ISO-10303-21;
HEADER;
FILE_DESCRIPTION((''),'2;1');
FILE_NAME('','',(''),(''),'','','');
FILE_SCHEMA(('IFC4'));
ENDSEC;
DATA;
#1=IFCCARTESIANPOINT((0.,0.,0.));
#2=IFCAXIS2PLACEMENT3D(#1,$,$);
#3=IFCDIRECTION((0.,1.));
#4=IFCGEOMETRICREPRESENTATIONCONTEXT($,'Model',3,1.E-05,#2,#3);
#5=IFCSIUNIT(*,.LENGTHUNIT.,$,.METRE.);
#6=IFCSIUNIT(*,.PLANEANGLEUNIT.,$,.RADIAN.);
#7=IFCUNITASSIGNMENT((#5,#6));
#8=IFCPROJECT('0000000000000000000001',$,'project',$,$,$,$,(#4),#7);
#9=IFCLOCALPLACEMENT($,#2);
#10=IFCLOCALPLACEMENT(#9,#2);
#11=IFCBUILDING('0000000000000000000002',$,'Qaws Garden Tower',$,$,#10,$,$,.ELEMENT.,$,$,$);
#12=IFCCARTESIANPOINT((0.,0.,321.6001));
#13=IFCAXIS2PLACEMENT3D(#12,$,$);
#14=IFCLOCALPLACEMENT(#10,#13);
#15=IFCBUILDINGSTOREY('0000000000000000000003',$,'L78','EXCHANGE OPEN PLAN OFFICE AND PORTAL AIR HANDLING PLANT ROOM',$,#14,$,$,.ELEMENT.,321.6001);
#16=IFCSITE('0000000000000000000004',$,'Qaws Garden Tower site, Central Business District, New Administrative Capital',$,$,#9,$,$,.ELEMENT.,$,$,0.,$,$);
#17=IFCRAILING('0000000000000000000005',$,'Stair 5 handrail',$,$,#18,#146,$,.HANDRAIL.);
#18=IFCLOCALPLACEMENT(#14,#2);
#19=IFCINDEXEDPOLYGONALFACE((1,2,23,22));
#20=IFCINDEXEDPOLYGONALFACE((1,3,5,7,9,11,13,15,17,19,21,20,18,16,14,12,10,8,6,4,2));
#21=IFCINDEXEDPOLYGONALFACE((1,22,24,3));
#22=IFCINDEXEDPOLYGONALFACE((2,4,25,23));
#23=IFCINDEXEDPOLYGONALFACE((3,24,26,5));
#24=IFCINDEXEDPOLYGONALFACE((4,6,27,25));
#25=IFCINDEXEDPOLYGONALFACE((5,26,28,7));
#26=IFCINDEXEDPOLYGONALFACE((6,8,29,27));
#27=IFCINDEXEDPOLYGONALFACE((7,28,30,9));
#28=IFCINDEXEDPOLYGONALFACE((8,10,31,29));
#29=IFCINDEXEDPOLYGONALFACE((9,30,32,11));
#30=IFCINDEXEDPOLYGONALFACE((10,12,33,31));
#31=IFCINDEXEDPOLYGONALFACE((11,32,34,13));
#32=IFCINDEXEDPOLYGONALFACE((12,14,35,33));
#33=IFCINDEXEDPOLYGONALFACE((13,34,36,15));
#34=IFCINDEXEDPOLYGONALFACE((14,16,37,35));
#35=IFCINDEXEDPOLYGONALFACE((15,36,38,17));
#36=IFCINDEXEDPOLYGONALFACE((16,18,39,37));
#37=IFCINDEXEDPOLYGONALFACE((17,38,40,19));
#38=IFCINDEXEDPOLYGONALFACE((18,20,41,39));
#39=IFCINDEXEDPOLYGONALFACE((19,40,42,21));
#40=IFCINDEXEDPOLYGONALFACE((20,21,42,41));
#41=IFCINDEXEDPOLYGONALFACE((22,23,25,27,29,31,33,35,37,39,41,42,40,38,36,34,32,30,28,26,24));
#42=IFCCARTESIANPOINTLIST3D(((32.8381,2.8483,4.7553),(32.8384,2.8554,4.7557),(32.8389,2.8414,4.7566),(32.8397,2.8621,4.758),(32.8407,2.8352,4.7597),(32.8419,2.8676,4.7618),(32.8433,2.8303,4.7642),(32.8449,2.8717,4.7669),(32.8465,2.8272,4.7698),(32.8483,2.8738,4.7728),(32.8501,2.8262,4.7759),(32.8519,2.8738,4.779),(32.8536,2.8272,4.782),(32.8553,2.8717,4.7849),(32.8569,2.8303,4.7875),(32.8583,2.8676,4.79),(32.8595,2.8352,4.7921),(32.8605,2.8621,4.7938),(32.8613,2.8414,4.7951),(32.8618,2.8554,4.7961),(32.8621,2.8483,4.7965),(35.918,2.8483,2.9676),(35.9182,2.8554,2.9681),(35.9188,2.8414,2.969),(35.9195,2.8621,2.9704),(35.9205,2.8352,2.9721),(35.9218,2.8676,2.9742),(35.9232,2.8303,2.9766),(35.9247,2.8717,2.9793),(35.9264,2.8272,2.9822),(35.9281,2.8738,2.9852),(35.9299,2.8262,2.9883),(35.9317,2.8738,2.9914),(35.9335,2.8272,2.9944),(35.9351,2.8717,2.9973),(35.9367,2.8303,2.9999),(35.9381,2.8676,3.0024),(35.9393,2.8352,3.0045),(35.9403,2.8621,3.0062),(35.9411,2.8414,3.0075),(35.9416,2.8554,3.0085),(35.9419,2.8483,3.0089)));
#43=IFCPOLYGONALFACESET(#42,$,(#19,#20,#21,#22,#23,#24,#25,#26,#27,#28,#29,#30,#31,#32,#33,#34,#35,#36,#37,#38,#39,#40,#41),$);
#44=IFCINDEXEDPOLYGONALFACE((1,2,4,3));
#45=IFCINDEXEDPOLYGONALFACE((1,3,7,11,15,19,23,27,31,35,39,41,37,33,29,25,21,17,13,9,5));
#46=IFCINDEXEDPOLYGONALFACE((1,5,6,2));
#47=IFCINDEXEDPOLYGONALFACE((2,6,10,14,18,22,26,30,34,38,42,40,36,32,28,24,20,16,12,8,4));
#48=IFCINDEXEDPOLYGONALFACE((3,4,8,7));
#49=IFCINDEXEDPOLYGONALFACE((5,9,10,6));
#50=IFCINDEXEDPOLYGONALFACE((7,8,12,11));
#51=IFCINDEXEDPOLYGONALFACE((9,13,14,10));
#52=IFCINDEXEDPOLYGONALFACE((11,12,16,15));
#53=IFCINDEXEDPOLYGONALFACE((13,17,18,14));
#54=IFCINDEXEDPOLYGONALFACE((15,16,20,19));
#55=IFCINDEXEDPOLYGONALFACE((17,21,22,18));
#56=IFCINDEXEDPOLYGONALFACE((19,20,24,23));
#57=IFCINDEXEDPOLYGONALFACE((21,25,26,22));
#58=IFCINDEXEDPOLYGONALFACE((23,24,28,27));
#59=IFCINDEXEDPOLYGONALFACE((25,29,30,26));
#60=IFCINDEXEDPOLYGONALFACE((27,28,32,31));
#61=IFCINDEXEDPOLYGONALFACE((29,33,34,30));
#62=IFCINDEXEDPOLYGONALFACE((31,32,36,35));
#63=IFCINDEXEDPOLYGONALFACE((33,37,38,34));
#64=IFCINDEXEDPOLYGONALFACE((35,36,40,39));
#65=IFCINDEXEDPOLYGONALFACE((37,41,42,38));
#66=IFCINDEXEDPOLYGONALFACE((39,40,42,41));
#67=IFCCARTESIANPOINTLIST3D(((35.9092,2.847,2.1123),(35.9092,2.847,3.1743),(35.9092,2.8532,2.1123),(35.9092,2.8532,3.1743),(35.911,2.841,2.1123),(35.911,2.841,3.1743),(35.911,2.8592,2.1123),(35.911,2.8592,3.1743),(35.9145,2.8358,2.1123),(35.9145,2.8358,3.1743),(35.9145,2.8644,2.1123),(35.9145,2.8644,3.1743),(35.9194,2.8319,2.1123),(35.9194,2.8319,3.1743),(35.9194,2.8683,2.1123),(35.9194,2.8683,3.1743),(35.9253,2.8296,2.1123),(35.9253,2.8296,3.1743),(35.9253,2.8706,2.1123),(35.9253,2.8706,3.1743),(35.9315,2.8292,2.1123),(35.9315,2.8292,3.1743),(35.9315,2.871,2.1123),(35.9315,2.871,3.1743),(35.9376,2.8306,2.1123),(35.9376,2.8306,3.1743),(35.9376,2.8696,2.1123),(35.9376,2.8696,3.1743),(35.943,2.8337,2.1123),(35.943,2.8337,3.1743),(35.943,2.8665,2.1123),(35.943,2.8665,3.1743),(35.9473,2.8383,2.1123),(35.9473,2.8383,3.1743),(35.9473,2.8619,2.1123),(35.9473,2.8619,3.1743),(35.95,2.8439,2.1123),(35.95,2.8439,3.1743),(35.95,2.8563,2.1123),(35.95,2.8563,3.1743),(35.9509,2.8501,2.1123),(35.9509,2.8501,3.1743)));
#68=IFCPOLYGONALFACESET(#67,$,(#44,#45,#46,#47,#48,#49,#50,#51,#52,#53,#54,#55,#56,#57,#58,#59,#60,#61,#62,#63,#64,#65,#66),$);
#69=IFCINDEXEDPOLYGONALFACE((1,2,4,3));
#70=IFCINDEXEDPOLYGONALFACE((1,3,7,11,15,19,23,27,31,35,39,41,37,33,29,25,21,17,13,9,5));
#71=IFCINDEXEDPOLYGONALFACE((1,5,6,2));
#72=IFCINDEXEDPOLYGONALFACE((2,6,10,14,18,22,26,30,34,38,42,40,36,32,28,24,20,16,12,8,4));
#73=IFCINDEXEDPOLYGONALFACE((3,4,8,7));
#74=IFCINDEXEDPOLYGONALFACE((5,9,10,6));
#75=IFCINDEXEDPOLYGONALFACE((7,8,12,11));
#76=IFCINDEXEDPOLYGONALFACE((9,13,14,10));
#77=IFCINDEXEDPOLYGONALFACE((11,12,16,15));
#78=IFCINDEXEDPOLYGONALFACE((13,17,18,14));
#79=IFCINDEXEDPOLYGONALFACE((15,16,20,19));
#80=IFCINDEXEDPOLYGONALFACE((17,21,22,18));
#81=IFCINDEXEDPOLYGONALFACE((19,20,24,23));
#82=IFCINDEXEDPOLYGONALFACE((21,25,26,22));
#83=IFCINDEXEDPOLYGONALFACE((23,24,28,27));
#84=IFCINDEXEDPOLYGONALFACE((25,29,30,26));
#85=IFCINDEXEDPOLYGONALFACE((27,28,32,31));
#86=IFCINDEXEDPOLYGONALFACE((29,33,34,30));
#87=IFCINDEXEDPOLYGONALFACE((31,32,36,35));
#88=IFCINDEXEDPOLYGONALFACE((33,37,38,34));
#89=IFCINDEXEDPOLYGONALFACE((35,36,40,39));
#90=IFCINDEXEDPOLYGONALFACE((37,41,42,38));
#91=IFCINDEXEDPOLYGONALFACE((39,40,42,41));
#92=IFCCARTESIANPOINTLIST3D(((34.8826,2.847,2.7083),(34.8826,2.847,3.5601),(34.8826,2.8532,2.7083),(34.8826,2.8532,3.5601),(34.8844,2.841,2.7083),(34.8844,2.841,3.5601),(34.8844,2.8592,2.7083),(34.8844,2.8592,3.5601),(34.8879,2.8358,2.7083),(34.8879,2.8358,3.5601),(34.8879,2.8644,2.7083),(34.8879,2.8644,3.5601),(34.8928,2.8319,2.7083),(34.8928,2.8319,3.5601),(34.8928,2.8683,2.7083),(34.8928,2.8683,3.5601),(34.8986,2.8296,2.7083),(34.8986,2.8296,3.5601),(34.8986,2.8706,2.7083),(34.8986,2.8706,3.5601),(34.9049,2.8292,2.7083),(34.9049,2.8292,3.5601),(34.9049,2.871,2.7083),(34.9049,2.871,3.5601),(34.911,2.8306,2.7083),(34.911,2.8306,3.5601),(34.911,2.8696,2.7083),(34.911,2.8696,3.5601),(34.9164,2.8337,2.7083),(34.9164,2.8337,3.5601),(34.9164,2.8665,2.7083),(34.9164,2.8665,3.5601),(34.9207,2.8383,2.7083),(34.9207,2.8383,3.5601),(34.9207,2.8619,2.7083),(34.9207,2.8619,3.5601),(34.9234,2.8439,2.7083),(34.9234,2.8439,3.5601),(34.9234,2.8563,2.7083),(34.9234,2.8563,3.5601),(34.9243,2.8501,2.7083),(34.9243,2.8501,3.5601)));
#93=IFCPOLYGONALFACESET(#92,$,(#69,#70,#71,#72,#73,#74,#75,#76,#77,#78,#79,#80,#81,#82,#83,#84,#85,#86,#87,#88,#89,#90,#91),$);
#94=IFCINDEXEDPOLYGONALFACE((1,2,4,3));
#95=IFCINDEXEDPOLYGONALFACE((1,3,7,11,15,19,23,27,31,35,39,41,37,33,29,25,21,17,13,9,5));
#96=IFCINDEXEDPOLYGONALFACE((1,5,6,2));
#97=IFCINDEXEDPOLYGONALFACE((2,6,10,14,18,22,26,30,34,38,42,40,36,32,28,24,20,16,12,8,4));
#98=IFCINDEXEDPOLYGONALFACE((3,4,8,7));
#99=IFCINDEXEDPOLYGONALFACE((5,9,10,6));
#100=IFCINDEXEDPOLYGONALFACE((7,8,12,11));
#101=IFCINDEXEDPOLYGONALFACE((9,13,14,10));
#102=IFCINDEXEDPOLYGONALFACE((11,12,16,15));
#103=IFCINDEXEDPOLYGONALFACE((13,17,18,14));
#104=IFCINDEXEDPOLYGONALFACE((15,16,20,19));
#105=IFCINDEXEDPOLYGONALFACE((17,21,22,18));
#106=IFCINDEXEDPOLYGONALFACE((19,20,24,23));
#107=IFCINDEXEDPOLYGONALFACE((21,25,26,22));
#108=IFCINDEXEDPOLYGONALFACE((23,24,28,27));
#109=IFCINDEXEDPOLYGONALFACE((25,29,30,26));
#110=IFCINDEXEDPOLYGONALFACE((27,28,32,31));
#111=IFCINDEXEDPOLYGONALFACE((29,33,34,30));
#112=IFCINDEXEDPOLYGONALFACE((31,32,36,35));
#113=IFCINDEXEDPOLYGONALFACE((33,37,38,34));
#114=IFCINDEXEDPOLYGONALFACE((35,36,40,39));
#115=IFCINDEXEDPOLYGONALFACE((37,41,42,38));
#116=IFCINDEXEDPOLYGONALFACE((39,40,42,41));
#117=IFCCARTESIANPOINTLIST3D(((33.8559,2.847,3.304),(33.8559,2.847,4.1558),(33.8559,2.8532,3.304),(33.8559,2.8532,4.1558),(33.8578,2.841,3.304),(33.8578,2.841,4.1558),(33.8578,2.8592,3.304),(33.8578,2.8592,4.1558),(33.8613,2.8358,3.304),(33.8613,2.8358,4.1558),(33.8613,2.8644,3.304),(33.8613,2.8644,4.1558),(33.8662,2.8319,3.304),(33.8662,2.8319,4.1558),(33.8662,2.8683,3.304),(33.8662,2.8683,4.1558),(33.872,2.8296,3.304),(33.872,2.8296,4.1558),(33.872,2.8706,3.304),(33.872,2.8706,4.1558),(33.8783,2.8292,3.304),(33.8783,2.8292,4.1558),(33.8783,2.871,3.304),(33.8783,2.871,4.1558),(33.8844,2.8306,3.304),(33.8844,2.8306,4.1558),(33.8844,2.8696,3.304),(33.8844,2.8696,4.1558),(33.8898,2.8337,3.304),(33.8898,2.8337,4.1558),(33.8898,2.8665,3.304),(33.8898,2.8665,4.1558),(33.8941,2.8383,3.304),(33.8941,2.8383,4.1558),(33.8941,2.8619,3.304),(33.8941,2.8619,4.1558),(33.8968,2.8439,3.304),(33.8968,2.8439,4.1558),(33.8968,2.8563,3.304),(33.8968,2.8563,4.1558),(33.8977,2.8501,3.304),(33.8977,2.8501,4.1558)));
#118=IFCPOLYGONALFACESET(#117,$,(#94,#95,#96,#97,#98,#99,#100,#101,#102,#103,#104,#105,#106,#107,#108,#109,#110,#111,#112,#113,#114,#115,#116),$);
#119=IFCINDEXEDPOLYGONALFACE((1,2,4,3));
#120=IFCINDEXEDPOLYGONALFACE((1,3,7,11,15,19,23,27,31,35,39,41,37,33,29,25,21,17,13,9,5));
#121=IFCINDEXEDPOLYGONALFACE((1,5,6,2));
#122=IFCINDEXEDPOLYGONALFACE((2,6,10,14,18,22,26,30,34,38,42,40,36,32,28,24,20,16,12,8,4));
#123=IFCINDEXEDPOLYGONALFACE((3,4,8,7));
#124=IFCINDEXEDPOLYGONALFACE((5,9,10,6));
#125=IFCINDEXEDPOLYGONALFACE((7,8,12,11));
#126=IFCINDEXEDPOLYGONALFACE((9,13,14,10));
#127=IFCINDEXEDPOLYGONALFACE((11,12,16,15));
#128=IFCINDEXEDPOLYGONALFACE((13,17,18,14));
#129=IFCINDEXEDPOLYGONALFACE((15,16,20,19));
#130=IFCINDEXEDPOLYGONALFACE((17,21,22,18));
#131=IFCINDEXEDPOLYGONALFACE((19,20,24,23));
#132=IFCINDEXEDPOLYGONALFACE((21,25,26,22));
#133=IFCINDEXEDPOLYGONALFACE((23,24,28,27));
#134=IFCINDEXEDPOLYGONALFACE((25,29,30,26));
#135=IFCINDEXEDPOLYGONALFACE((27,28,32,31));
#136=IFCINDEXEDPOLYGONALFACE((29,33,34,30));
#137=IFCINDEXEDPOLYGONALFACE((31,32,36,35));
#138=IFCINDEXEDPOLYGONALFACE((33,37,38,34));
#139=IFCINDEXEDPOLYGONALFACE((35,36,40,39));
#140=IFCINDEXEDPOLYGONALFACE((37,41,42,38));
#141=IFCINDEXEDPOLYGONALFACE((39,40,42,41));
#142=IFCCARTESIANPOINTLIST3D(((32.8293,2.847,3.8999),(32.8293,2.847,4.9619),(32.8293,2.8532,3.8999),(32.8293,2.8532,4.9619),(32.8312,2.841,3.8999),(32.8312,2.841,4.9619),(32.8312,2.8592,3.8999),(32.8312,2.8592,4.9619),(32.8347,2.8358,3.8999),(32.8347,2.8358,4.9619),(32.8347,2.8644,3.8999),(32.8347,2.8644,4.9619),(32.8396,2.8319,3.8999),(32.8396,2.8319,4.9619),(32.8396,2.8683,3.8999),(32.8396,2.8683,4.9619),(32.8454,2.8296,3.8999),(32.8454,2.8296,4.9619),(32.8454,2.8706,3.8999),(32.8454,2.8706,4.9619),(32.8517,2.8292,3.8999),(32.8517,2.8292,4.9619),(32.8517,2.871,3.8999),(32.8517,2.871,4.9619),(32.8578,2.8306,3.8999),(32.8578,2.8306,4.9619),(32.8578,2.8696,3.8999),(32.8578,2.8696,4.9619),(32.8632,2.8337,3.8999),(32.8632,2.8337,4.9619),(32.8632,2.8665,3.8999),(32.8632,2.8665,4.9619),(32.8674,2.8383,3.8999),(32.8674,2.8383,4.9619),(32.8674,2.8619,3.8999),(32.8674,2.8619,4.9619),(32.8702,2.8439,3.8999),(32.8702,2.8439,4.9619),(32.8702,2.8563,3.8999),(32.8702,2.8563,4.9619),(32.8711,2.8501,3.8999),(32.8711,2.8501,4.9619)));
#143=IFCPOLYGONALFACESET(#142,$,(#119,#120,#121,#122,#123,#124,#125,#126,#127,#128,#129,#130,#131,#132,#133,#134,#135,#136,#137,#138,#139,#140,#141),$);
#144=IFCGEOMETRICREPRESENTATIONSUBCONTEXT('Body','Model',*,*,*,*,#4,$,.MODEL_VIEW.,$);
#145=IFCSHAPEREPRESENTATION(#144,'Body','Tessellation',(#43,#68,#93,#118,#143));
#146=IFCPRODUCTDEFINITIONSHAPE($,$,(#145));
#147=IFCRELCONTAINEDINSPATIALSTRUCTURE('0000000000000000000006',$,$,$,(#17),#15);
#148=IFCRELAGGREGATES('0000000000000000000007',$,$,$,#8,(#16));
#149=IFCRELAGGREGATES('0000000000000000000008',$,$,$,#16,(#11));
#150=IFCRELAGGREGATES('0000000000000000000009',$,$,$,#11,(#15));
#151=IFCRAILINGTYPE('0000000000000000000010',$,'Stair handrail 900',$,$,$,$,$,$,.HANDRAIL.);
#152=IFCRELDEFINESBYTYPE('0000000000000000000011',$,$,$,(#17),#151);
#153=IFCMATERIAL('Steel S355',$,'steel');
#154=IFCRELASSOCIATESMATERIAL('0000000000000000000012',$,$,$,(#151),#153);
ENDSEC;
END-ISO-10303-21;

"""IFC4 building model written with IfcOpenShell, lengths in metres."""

from ifc_helpers import new_model, si_unit, direction, frame, origin, origin_2d, place, context, subcontext, project, spatial, circle, extrude, material, type_object, element, save


model = new_model("IFC4")

# Units and contexts
model_context = context("Model", 3, precision=1e-05, world=origin(), true_north=direction((0.0, 1.0)))
body_context = subcontext(model_context, "Body", "Model", "MODEL_VIEW")
ifc_project = project(units=[si_unit("LENGTHUNIT", "METRE"), si_unit("PLANEANGLEUNIT", "RADIAN")], contexts=[model_context])

# Site, building, storey
site_placement = place(None, origin())
site = spatial("IfcSite", under=ifc_project, at=site_placement, Name="Qaws Garden Tower site, Central Business District, New Administrative Capital", CompositionType="ELEMENT", RefElevation=0.0)
building_placement = place(site_placement, origin())
building = spatial("IfcBuilding", under=site, at=building_placement, Name="Qaws Garden Tower", CompositionType="ELEMENT")
storey_placement = place(building_placement, frame((0.0, 0.0, 321.6001)))
storey = spatial("IfcBuildingStorey", under=building, at=storey_placement, Name="L78", Description="EXCHANGE OPEN PLAN OFFICE AND PORTAL AIR HANDLING PLANT ROOM", CompositionType="ELEMENT", Elevation=321.6001)

# Railing
ifc_material_1 = material(Name="Steel S355", Category="steel")
railing_type = type_object("IfcRailingType", Name="Stair handrail 900", PredefinedType="HANDRAIL", material=ifc_material_1)
railing_1_placement = place(storey_placement, frame((35.9299, 2.8501, 2.1123)))
element("IfcRailing", 1, at=railing_1_placement, inside=storey, type_object=railing_type, Name="Stair 5 handrail", PredefinedType="HANDRAIL", context=body_context, shape_type="SweptSolid", body=[
    extrude(circle(Radius=0.0239, at=origin_2d()), frame((0.0, 0.0, 0.876), z_axis=(-0.864873, 0.0, 0.50199), x_axis=(0.0, -1.0, 0.0)), (0.0, 0.0, 1.0), 3.561),
    extrude(circle(Radius=0.021, at=origin_2d()), origin(), (0.0, 0.0, 1.0), 1.062),
    extrude(circle(Radius=0.021, at=origin_2d()), frame((-1.0266, 0.0, 0.5959)), (0.0, 0.0, 1.0), 0.8518),
    extrude(circle(Radius=0.021, at=origin_2d()), frame((-2.0532, 0.0, 1.1917)), (0.0, 0.0, 1.0), 0.8518),
    extrude(circle(Radius=0.021, at=origin_2d()), frame((-3.0798, 0.0, 1.7876)), (0.0, 0.0, 1.0), 1.062),
])

save(model, "model.ifc")
